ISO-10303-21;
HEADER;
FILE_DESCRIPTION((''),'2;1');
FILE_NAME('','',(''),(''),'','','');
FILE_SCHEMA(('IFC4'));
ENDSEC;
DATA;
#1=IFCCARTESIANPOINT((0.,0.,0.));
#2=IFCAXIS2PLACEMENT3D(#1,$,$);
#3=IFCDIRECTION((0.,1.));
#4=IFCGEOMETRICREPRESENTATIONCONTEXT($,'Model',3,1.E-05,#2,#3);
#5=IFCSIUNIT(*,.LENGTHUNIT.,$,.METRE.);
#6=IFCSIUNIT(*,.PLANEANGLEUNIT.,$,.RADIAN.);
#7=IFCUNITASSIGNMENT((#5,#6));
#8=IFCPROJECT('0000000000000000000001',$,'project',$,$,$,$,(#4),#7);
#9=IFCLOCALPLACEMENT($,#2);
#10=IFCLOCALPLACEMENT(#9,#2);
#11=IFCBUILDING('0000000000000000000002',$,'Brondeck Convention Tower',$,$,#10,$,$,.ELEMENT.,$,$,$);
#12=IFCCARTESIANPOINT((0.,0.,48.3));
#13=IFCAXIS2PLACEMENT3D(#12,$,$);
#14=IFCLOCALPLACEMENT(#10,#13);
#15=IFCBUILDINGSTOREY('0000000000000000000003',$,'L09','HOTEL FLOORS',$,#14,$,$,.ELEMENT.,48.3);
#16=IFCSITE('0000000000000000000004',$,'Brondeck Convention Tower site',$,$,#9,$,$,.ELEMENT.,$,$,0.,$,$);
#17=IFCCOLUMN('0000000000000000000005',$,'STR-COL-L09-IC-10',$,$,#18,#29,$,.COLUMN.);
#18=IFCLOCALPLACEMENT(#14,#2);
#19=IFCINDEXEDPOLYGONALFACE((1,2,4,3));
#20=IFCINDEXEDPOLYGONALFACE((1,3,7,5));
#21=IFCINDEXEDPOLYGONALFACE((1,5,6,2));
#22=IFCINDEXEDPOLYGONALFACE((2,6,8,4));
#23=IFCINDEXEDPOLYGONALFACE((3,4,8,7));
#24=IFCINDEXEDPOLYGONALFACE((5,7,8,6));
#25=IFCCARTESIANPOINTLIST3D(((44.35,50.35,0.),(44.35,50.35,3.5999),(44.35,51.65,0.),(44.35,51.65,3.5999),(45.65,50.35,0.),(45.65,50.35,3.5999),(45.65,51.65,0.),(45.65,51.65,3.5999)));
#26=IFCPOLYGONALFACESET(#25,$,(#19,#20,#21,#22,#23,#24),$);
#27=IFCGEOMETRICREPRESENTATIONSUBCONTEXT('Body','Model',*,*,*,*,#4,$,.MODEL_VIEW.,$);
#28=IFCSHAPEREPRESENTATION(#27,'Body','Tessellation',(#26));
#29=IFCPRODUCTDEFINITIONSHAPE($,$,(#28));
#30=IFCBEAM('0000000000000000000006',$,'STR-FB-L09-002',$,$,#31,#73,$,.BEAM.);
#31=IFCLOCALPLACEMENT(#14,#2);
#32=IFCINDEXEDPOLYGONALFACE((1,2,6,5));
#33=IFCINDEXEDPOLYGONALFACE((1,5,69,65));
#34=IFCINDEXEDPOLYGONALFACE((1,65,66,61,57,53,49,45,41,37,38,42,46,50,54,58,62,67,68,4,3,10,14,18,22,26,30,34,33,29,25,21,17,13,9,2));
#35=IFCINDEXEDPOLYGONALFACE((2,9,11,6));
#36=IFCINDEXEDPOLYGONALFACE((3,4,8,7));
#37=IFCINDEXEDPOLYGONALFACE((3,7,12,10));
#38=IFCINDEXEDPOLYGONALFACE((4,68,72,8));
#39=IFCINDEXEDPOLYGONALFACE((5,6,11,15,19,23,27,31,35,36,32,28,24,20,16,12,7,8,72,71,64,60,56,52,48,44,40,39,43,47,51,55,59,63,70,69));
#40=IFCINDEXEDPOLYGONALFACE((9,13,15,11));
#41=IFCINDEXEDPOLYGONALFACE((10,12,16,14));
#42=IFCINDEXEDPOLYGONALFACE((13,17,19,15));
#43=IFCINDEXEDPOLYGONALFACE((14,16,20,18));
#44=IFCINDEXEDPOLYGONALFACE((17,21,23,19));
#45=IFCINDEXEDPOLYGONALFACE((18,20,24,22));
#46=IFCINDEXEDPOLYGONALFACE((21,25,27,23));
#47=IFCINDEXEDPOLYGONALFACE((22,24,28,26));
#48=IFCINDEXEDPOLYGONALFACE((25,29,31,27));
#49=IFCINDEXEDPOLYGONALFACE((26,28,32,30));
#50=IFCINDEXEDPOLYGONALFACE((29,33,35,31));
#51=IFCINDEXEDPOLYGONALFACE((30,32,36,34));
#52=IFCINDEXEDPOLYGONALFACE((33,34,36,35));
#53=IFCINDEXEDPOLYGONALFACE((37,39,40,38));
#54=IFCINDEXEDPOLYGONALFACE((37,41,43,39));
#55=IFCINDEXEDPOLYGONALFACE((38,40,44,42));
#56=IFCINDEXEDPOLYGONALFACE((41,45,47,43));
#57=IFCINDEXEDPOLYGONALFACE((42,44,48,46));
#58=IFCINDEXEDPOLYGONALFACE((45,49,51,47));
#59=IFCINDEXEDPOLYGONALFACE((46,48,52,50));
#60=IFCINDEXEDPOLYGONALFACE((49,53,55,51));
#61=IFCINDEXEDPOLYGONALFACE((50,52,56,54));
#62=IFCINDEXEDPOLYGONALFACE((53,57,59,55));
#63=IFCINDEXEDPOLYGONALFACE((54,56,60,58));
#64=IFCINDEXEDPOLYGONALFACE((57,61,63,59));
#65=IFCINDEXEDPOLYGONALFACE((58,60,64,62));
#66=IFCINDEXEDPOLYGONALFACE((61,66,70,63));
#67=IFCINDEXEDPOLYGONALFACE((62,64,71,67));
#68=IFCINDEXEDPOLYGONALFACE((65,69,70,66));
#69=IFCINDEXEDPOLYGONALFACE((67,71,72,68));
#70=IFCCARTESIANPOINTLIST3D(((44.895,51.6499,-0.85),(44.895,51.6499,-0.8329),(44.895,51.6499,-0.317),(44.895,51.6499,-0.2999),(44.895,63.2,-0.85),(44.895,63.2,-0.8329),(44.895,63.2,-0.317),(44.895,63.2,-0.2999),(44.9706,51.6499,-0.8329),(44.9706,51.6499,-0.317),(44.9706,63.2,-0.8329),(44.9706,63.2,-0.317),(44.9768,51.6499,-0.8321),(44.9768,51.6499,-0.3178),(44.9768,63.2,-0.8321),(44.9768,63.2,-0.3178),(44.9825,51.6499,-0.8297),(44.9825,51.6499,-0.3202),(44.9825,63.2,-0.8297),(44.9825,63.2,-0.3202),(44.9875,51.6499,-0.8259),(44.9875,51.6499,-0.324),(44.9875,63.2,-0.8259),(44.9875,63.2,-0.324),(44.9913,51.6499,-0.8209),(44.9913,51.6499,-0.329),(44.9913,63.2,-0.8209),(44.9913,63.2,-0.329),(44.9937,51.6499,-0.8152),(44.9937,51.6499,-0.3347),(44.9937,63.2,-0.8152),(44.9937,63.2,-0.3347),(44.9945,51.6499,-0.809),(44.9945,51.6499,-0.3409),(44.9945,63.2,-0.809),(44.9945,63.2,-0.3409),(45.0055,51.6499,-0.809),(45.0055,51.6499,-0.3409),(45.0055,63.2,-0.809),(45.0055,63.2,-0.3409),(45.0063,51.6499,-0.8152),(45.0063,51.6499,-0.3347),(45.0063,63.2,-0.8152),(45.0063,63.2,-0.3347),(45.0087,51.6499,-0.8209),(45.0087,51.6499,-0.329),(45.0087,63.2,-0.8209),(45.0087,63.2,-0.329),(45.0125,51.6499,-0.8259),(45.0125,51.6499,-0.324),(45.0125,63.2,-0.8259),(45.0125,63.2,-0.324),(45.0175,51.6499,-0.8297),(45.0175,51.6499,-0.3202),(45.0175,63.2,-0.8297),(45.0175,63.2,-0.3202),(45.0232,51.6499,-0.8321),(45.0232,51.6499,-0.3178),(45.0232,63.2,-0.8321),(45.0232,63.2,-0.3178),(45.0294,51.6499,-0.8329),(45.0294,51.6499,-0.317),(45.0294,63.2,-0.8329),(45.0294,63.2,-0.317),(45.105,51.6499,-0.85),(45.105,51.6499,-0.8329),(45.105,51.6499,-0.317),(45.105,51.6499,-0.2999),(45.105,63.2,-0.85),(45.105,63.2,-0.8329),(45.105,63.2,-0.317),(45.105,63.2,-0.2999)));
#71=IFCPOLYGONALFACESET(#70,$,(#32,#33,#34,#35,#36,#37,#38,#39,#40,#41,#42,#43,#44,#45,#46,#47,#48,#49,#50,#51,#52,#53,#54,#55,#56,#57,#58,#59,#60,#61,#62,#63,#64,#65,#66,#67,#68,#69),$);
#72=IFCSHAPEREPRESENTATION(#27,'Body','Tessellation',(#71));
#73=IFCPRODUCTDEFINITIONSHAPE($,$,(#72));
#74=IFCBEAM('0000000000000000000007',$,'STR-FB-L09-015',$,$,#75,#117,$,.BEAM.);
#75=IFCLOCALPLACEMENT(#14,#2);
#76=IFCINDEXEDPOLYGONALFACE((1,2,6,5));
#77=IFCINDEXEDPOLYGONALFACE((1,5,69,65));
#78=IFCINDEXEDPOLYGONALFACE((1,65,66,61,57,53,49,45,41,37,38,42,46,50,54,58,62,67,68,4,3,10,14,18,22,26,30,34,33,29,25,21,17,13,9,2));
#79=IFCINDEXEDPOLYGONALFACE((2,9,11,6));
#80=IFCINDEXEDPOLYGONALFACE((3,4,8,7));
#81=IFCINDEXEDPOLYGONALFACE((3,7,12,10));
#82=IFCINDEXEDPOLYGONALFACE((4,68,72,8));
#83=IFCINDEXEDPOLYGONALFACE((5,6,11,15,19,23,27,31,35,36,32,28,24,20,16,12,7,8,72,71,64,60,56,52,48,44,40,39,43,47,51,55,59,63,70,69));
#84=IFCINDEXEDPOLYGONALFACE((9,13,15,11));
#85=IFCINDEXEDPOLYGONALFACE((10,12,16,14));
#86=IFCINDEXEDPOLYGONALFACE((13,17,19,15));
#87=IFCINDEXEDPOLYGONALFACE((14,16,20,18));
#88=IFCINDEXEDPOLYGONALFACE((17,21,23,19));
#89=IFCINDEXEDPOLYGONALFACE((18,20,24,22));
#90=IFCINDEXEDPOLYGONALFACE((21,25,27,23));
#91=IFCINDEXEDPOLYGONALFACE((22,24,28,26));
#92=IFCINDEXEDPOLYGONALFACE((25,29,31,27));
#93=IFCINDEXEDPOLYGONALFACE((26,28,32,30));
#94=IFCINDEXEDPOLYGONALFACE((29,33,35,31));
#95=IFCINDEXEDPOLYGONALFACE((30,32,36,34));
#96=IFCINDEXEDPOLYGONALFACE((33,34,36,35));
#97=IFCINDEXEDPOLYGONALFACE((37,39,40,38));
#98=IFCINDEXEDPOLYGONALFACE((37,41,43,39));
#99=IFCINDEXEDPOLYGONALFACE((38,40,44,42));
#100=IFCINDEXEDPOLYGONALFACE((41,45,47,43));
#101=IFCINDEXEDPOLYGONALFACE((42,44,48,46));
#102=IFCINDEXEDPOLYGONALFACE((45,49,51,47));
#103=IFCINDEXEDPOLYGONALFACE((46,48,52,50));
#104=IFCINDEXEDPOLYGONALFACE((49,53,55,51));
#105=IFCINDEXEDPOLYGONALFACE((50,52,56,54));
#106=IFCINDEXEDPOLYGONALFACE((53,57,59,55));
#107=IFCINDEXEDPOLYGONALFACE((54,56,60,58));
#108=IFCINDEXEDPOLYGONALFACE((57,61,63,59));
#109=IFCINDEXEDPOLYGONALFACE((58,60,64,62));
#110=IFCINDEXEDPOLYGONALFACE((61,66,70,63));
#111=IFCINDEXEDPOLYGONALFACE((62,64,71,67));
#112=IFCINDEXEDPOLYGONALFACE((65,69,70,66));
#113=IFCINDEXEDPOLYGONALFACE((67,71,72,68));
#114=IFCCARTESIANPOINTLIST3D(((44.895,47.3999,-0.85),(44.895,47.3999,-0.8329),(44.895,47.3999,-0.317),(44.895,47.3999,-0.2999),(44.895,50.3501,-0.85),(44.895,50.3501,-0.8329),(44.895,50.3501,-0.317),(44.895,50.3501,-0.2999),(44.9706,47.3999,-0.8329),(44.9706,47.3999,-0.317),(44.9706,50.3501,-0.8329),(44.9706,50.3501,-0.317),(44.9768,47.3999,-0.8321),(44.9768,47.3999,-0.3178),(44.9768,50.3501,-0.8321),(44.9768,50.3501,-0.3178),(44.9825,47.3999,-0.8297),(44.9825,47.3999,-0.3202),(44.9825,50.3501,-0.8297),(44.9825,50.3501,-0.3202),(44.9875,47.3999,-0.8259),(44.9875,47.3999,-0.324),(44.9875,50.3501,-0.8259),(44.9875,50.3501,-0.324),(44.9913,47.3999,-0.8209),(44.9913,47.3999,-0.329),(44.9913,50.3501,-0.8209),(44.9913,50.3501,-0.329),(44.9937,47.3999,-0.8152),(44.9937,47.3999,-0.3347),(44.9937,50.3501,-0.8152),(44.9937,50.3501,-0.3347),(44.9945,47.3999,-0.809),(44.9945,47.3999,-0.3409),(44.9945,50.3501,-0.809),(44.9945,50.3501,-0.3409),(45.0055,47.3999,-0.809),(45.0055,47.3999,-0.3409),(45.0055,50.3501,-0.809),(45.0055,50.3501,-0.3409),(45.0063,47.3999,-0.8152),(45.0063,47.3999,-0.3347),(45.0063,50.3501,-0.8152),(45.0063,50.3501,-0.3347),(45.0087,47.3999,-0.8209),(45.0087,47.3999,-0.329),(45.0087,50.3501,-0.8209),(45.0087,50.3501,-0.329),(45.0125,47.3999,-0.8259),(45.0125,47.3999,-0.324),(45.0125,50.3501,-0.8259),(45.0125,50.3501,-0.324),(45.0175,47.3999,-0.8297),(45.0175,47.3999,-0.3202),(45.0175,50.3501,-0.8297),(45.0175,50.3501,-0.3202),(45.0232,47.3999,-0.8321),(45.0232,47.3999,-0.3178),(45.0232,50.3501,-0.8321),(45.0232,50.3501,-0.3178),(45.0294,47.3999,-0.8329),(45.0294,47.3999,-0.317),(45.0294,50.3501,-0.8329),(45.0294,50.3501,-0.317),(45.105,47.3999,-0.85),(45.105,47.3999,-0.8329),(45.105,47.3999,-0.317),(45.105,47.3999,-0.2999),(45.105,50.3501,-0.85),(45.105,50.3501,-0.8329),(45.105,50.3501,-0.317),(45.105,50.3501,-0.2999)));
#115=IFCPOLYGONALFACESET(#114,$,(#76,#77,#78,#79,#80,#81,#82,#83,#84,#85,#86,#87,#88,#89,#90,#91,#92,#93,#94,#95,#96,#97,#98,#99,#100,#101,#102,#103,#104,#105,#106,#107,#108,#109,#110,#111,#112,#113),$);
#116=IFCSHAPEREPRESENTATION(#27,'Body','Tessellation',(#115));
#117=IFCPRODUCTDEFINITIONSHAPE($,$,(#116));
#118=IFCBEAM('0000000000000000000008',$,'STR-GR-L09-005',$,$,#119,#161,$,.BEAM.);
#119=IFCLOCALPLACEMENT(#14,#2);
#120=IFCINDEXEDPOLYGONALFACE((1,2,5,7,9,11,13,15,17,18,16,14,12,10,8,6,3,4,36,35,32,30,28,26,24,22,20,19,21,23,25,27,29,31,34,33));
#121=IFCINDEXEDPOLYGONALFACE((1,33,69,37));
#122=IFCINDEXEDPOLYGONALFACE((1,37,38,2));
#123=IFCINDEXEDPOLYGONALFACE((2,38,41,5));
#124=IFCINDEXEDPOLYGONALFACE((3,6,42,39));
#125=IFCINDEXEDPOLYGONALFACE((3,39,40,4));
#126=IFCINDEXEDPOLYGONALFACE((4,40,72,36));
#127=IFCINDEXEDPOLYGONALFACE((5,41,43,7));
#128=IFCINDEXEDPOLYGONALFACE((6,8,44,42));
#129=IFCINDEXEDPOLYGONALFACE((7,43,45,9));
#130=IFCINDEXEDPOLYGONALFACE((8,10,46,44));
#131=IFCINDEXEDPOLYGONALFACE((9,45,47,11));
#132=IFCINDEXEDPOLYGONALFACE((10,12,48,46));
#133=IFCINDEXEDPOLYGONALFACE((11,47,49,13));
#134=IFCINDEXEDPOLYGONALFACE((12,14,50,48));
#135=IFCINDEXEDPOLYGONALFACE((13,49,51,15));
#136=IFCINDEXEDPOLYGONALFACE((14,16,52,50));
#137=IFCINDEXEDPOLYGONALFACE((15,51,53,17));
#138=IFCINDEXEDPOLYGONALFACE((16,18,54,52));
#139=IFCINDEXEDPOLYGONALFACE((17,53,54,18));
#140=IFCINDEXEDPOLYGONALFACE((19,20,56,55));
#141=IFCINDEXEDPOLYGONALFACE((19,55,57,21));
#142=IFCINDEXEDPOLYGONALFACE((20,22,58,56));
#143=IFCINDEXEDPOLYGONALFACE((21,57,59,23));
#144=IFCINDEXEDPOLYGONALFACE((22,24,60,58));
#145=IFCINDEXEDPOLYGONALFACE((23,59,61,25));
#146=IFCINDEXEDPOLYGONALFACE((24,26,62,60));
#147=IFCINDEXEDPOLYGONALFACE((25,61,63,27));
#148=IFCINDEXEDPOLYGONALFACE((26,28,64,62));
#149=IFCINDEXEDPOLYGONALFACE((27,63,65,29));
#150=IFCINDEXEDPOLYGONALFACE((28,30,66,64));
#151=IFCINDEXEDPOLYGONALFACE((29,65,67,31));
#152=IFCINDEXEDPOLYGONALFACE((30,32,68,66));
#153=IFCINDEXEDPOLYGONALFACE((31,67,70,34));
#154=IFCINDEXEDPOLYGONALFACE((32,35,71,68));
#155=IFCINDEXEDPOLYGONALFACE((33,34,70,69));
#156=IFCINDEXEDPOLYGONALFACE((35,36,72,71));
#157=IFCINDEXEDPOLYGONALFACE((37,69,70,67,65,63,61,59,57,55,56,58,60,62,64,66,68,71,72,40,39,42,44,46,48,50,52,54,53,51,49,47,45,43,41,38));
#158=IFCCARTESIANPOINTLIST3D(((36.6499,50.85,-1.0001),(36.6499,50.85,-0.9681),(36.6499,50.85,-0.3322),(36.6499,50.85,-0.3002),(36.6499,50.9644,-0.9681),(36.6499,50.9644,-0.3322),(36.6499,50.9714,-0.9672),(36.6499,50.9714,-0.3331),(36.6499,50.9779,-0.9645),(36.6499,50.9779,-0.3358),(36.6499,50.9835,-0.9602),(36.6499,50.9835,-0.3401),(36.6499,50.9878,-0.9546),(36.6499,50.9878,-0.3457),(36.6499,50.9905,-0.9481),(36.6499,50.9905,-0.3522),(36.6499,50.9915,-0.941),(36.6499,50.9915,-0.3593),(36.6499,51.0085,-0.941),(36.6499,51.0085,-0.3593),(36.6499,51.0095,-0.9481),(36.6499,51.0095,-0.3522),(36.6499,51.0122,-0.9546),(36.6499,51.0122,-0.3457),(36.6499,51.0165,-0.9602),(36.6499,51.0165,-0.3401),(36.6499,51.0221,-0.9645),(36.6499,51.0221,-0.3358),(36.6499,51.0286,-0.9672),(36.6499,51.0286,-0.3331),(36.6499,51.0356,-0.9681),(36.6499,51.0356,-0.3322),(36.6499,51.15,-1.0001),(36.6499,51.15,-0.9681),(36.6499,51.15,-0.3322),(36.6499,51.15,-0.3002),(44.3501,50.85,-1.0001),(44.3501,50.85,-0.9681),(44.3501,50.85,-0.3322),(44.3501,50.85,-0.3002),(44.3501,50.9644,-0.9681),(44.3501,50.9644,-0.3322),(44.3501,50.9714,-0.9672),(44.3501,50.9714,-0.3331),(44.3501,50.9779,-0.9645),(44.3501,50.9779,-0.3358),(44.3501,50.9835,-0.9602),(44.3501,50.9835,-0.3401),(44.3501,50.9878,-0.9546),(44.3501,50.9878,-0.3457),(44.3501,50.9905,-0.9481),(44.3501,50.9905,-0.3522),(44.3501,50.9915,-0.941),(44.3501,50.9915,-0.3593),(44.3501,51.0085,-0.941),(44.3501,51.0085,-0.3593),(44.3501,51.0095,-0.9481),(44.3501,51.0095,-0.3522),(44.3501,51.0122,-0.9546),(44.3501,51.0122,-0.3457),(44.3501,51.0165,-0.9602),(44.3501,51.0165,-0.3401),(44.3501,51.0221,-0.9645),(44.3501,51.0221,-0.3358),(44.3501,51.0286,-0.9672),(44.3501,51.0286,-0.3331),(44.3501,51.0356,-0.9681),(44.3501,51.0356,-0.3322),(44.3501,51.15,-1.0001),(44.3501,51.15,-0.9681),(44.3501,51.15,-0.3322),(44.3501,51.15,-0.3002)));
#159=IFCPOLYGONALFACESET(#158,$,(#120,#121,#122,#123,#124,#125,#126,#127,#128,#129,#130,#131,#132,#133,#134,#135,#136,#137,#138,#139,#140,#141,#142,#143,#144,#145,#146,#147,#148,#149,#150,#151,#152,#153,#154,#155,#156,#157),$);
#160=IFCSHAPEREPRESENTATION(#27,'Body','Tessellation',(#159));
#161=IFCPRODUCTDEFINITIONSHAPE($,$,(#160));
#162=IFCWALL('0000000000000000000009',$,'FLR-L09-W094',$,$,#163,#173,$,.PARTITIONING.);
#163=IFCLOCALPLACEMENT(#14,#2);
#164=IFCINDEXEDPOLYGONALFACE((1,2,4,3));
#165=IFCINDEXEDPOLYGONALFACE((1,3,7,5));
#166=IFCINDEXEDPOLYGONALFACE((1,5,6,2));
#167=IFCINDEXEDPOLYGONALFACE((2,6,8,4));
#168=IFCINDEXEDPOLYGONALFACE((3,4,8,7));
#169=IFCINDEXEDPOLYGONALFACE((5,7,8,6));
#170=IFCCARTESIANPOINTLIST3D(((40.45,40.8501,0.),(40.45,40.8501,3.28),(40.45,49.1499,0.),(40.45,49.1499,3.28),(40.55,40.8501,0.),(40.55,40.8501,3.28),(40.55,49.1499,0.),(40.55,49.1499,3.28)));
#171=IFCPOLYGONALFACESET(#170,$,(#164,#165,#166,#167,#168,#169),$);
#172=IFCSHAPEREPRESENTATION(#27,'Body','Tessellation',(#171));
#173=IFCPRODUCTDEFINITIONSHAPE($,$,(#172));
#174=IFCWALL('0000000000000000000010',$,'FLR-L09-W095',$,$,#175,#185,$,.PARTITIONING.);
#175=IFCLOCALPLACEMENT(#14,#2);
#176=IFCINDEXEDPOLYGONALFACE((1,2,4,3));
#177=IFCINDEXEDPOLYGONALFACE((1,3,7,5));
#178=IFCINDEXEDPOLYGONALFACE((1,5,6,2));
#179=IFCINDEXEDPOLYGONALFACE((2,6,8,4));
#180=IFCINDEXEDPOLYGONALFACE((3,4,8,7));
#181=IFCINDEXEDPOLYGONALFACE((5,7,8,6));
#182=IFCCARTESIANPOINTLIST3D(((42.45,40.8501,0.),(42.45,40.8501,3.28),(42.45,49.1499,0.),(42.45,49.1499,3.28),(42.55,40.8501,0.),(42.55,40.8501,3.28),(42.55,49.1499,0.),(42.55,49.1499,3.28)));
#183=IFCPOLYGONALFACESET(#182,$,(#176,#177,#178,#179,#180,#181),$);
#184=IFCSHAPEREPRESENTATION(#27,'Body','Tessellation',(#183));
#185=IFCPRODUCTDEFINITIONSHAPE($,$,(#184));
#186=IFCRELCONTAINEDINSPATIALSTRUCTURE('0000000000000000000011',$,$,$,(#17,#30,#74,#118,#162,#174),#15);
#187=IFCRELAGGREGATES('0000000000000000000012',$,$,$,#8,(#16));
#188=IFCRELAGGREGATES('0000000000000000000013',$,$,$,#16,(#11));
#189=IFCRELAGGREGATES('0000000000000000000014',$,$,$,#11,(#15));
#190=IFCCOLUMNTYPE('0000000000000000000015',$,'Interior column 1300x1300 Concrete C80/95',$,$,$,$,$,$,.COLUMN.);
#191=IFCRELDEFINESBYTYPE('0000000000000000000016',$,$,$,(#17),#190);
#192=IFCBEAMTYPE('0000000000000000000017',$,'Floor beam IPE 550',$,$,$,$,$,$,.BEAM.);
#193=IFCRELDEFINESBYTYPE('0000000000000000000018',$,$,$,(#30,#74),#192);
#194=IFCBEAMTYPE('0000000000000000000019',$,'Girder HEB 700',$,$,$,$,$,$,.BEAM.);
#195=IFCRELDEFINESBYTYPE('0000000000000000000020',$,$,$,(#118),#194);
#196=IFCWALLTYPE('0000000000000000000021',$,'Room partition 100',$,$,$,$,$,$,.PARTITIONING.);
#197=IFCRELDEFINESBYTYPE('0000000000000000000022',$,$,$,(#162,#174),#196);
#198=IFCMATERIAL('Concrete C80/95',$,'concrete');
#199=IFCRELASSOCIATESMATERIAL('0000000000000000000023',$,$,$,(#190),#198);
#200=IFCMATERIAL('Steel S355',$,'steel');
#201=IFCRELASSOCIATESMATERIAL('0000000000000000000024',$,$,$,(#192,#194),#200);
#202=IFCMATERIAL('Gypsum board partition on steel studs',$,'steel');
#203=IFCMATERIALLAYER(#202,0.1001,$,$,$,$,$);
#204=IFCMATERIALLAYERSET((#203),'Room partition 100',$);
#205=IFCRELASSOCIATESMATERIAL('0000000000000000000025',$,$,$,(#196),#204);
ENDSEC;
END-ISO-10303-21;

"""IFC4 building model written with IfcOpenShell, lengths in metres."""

from ifc_helpers import new_model, si_unit, direction, frame, frame_2d, origin, origin_2d, place, context, subcontext, project, spatial, rectangle, i_section, extrude, material, layer, layer_set, material_profile, profile_set, type_object, element, save


model = new_model("IFC4")

# Units and contexts
model_context = context("Model", 3, precision=1e-05, world=origin(), true_north=direction((0.0, 1.0)))
body_context = subcontext(model_context, "Body", "Model", "MODEL_VIEW")
ifc_project = project(units=[si_unit("LENGTHUNIT", "METRE"), si_unit("PLANEANGLEUNIT", "RADIAN")], contexts=[model_context])

# Site, building, storey
site_placement = place(None, origin())
site = spatial("IfcSite", under=ifc_project, at=site_placement, Name="Brondeck Convention Tower site", CompositionType="ELEMENT", RefElevation=0.0)
building_placement = place(site_placement, origin())
building = spatial("IfcBuilding", under=site, at=building_placement, Name="Brondeck Convention Tower", CompositionType="ELEMENT")
storey_placement = place(building_placement, frame((0.0, 0.0, 48.3)))
storey = spatial("IfcBuildingStorey", under=building, at=storey_placement, Name="L09", Description="HOTEL FLOORS", CompositionType="ELEMENT", Elevation=48.3)

# Column
ifc_material_1 = material(Name="Concrete C80/95", Category="concrete")
ifc_material_profile_1 = material_profile(ifc_material_1, rectangle(XDim=1.3, YDim=1.3, at=origin_2d()), Name="Interior column 1300x1300 Concrete C80/95")
ifc_profile_set_1 = profile_set([ifc_material_profile_1], Name="Concrete C80/95")
column_type = type_object("IfcColumnType", Name="Interior column 1300x1300 Concrete C80/95", PredefinedType="COLUMN", material=ifc_profile_set_1)
column_placement = place(storey_placement, frame((45.0, 51.0, 0.0), z_axis=(0.0, 0.0, 1.0), x_axis=(1.0, 0.0, 0.0)))
element("IfcColumn", 1, at=column_placement, inside=storey, type_object=column_type, Name="STR-COL-L09-IC-10", PredefinedType="COLUMN", context=body_context, shape_type="SweptSolid", body=[
    extrude(rectangle(XDim=1.3, YDim=1.3, at=origin_2d()), origin(), (0.0, 0.0, 1.0), 3.5999),
])

# Beams
ifc_material_2 = material(Name="Steel S355", Category="steel")
ifc_material_profile_2 = material_profile(ifc_material_2, i_section(OverallWidth=0.21, OverallDepth=0.55, WebThickness=0.011, FlangeThickness=0.0171, FilletRadius=0.0239, at=origin_2d()), Name="IPE 550")
ifc_profile_set_2 = profile_set([ifc_material_profile_2], Name="Steel S355")
beam_type_1 = type_object("IfcBeamType", Name="Floor beam IPE 550", PredefinedType="BEAM", material=ifc_profile_set_2)
beam_1_placement = place(storey_placement, frame((45.0, 51.6499, -0.575), z_axis=(0.0, 1.0, 0.0), x_axis=(-1.0, 0.0, 0.0)))
element("IfcBeam", 2, at=beam_1_placement, inside=storey, type_object=beam_type_1, Name="STR-FB-L09-002", PredefinedType="BEAM", context=body_context, shape_type="SweptSolid", body=[
    extrude(i_section(OverallWidth=0.21, OverallDepth=0.55, WebThickness=0.011, FlangeThickness=0.0171, FilletRadius=0.0239, at=origin_2d()), origin(), (0.0, 0.0, 1.0), 11.55),
])
beam_2_placement = place(storey_placement, frame((45.0, 47.3999, -0.575), z_axis=(0.0, 1.0, 0.0), x_axis=(-1.0, 0.0, 0.0)))
element("IfcBeam", 3, at=beam_2_placement, inside=storey, type_object=beam_type_1, Name="STR-FB-L09-015", PredefinedType="BEAM", context=body_context, shape_type="SweptSolid", body=[
    extrude(i_section(OverallWidth=0.21, OverallDepth=0.55, WebThickness=0.011, FlangeThickness=0.0171, FilletRadius=0.0239, at=origin_2d()), origin(), (0.0, 0.0, 1.0), 2.9502),
])
ifc_material_profile_3 = material_profile(ifc_material_2, i_section(OverallWidth=0.3, OverallDepth=0.7, WebThickness=0.0171, FlangeThickness=0.032, FilletRadius=0.0271, at=origin_2d()), Name="HEB 700")
ifc_profile_set_3 = profile_set([ifc_material_profile_3], Name="Steel S355")
beam_type_2 = type_object("IfcBeamType", Name="Girder HEB 700", PredefinedType="BEAM", material=ifc_profile_set_3)
beam_3_placement = place(storey_placement, frame((36.6499, 51.0, -0.6501), z_axis=(1.0, 0.0, 0.0), x_axis=(0.0, 1.0, 0.0)))
element("IfcBeam", 4, at=beam_3_placement, inside=storey, type_object=beam_type_2, Name="STR-GR-L09-005", PredefinedType="BEAM", context=body_context, shape_type="SweptSolid", body=[
    extrude(i_section(OverallWidth=0.3, OverallDepth=0.7, WebThickness=0.0171, FlangeThickness=0.032, FilletRadius=0.0271, at=origin_2d()), origin(), (0.0, 0.0, 1.0), 7.7002),
])

# Walls
ifc_material_3 = material(Name="Gypsum board partition on steel studs", Category="steel")
ifc_layer_1 = layer(ifc_material_3, 0.1001)
ifc_layer_set_1 = layer_set([ifc_layer_1], Name="Room partition 100")
wall_type_1 = type_object("IfcWallType", Name="Room partition 100", PredefinedType="PARTITIONING", material=ifc_layer_set_1)
for number, where, z_axis, x_axis, name in (
    (5, (40.5, 49.1499, 0.0), (0.0, 0.0, 1.0), (0.0, -1.0, 0.0), "FLR-L09-W094"),
    (6, (42.5, 49.1499, 0.0), (0.0, 0.0, 1.0), (0.0, -1.0, 0.0), "FLR-L09-W095"),
):
    element("IfcWall", number, at=place(storey_placement, frame(where, z_axis=z_axis, x_axis=x_axis)), inside=storey, type_object=wall_type_1, Name=name, PredefinedType="PARTITIONING", context=body_context, shape_type="SweptSolid", body=[
        extrude(rectangle(XDim=8.2998, YDim=0.1001, at=frame_2d((4.1499, 0.0))), origin(), (0.0, 0.0, 1.0), 3.28),
    ])

save(model, "model.ifc")
